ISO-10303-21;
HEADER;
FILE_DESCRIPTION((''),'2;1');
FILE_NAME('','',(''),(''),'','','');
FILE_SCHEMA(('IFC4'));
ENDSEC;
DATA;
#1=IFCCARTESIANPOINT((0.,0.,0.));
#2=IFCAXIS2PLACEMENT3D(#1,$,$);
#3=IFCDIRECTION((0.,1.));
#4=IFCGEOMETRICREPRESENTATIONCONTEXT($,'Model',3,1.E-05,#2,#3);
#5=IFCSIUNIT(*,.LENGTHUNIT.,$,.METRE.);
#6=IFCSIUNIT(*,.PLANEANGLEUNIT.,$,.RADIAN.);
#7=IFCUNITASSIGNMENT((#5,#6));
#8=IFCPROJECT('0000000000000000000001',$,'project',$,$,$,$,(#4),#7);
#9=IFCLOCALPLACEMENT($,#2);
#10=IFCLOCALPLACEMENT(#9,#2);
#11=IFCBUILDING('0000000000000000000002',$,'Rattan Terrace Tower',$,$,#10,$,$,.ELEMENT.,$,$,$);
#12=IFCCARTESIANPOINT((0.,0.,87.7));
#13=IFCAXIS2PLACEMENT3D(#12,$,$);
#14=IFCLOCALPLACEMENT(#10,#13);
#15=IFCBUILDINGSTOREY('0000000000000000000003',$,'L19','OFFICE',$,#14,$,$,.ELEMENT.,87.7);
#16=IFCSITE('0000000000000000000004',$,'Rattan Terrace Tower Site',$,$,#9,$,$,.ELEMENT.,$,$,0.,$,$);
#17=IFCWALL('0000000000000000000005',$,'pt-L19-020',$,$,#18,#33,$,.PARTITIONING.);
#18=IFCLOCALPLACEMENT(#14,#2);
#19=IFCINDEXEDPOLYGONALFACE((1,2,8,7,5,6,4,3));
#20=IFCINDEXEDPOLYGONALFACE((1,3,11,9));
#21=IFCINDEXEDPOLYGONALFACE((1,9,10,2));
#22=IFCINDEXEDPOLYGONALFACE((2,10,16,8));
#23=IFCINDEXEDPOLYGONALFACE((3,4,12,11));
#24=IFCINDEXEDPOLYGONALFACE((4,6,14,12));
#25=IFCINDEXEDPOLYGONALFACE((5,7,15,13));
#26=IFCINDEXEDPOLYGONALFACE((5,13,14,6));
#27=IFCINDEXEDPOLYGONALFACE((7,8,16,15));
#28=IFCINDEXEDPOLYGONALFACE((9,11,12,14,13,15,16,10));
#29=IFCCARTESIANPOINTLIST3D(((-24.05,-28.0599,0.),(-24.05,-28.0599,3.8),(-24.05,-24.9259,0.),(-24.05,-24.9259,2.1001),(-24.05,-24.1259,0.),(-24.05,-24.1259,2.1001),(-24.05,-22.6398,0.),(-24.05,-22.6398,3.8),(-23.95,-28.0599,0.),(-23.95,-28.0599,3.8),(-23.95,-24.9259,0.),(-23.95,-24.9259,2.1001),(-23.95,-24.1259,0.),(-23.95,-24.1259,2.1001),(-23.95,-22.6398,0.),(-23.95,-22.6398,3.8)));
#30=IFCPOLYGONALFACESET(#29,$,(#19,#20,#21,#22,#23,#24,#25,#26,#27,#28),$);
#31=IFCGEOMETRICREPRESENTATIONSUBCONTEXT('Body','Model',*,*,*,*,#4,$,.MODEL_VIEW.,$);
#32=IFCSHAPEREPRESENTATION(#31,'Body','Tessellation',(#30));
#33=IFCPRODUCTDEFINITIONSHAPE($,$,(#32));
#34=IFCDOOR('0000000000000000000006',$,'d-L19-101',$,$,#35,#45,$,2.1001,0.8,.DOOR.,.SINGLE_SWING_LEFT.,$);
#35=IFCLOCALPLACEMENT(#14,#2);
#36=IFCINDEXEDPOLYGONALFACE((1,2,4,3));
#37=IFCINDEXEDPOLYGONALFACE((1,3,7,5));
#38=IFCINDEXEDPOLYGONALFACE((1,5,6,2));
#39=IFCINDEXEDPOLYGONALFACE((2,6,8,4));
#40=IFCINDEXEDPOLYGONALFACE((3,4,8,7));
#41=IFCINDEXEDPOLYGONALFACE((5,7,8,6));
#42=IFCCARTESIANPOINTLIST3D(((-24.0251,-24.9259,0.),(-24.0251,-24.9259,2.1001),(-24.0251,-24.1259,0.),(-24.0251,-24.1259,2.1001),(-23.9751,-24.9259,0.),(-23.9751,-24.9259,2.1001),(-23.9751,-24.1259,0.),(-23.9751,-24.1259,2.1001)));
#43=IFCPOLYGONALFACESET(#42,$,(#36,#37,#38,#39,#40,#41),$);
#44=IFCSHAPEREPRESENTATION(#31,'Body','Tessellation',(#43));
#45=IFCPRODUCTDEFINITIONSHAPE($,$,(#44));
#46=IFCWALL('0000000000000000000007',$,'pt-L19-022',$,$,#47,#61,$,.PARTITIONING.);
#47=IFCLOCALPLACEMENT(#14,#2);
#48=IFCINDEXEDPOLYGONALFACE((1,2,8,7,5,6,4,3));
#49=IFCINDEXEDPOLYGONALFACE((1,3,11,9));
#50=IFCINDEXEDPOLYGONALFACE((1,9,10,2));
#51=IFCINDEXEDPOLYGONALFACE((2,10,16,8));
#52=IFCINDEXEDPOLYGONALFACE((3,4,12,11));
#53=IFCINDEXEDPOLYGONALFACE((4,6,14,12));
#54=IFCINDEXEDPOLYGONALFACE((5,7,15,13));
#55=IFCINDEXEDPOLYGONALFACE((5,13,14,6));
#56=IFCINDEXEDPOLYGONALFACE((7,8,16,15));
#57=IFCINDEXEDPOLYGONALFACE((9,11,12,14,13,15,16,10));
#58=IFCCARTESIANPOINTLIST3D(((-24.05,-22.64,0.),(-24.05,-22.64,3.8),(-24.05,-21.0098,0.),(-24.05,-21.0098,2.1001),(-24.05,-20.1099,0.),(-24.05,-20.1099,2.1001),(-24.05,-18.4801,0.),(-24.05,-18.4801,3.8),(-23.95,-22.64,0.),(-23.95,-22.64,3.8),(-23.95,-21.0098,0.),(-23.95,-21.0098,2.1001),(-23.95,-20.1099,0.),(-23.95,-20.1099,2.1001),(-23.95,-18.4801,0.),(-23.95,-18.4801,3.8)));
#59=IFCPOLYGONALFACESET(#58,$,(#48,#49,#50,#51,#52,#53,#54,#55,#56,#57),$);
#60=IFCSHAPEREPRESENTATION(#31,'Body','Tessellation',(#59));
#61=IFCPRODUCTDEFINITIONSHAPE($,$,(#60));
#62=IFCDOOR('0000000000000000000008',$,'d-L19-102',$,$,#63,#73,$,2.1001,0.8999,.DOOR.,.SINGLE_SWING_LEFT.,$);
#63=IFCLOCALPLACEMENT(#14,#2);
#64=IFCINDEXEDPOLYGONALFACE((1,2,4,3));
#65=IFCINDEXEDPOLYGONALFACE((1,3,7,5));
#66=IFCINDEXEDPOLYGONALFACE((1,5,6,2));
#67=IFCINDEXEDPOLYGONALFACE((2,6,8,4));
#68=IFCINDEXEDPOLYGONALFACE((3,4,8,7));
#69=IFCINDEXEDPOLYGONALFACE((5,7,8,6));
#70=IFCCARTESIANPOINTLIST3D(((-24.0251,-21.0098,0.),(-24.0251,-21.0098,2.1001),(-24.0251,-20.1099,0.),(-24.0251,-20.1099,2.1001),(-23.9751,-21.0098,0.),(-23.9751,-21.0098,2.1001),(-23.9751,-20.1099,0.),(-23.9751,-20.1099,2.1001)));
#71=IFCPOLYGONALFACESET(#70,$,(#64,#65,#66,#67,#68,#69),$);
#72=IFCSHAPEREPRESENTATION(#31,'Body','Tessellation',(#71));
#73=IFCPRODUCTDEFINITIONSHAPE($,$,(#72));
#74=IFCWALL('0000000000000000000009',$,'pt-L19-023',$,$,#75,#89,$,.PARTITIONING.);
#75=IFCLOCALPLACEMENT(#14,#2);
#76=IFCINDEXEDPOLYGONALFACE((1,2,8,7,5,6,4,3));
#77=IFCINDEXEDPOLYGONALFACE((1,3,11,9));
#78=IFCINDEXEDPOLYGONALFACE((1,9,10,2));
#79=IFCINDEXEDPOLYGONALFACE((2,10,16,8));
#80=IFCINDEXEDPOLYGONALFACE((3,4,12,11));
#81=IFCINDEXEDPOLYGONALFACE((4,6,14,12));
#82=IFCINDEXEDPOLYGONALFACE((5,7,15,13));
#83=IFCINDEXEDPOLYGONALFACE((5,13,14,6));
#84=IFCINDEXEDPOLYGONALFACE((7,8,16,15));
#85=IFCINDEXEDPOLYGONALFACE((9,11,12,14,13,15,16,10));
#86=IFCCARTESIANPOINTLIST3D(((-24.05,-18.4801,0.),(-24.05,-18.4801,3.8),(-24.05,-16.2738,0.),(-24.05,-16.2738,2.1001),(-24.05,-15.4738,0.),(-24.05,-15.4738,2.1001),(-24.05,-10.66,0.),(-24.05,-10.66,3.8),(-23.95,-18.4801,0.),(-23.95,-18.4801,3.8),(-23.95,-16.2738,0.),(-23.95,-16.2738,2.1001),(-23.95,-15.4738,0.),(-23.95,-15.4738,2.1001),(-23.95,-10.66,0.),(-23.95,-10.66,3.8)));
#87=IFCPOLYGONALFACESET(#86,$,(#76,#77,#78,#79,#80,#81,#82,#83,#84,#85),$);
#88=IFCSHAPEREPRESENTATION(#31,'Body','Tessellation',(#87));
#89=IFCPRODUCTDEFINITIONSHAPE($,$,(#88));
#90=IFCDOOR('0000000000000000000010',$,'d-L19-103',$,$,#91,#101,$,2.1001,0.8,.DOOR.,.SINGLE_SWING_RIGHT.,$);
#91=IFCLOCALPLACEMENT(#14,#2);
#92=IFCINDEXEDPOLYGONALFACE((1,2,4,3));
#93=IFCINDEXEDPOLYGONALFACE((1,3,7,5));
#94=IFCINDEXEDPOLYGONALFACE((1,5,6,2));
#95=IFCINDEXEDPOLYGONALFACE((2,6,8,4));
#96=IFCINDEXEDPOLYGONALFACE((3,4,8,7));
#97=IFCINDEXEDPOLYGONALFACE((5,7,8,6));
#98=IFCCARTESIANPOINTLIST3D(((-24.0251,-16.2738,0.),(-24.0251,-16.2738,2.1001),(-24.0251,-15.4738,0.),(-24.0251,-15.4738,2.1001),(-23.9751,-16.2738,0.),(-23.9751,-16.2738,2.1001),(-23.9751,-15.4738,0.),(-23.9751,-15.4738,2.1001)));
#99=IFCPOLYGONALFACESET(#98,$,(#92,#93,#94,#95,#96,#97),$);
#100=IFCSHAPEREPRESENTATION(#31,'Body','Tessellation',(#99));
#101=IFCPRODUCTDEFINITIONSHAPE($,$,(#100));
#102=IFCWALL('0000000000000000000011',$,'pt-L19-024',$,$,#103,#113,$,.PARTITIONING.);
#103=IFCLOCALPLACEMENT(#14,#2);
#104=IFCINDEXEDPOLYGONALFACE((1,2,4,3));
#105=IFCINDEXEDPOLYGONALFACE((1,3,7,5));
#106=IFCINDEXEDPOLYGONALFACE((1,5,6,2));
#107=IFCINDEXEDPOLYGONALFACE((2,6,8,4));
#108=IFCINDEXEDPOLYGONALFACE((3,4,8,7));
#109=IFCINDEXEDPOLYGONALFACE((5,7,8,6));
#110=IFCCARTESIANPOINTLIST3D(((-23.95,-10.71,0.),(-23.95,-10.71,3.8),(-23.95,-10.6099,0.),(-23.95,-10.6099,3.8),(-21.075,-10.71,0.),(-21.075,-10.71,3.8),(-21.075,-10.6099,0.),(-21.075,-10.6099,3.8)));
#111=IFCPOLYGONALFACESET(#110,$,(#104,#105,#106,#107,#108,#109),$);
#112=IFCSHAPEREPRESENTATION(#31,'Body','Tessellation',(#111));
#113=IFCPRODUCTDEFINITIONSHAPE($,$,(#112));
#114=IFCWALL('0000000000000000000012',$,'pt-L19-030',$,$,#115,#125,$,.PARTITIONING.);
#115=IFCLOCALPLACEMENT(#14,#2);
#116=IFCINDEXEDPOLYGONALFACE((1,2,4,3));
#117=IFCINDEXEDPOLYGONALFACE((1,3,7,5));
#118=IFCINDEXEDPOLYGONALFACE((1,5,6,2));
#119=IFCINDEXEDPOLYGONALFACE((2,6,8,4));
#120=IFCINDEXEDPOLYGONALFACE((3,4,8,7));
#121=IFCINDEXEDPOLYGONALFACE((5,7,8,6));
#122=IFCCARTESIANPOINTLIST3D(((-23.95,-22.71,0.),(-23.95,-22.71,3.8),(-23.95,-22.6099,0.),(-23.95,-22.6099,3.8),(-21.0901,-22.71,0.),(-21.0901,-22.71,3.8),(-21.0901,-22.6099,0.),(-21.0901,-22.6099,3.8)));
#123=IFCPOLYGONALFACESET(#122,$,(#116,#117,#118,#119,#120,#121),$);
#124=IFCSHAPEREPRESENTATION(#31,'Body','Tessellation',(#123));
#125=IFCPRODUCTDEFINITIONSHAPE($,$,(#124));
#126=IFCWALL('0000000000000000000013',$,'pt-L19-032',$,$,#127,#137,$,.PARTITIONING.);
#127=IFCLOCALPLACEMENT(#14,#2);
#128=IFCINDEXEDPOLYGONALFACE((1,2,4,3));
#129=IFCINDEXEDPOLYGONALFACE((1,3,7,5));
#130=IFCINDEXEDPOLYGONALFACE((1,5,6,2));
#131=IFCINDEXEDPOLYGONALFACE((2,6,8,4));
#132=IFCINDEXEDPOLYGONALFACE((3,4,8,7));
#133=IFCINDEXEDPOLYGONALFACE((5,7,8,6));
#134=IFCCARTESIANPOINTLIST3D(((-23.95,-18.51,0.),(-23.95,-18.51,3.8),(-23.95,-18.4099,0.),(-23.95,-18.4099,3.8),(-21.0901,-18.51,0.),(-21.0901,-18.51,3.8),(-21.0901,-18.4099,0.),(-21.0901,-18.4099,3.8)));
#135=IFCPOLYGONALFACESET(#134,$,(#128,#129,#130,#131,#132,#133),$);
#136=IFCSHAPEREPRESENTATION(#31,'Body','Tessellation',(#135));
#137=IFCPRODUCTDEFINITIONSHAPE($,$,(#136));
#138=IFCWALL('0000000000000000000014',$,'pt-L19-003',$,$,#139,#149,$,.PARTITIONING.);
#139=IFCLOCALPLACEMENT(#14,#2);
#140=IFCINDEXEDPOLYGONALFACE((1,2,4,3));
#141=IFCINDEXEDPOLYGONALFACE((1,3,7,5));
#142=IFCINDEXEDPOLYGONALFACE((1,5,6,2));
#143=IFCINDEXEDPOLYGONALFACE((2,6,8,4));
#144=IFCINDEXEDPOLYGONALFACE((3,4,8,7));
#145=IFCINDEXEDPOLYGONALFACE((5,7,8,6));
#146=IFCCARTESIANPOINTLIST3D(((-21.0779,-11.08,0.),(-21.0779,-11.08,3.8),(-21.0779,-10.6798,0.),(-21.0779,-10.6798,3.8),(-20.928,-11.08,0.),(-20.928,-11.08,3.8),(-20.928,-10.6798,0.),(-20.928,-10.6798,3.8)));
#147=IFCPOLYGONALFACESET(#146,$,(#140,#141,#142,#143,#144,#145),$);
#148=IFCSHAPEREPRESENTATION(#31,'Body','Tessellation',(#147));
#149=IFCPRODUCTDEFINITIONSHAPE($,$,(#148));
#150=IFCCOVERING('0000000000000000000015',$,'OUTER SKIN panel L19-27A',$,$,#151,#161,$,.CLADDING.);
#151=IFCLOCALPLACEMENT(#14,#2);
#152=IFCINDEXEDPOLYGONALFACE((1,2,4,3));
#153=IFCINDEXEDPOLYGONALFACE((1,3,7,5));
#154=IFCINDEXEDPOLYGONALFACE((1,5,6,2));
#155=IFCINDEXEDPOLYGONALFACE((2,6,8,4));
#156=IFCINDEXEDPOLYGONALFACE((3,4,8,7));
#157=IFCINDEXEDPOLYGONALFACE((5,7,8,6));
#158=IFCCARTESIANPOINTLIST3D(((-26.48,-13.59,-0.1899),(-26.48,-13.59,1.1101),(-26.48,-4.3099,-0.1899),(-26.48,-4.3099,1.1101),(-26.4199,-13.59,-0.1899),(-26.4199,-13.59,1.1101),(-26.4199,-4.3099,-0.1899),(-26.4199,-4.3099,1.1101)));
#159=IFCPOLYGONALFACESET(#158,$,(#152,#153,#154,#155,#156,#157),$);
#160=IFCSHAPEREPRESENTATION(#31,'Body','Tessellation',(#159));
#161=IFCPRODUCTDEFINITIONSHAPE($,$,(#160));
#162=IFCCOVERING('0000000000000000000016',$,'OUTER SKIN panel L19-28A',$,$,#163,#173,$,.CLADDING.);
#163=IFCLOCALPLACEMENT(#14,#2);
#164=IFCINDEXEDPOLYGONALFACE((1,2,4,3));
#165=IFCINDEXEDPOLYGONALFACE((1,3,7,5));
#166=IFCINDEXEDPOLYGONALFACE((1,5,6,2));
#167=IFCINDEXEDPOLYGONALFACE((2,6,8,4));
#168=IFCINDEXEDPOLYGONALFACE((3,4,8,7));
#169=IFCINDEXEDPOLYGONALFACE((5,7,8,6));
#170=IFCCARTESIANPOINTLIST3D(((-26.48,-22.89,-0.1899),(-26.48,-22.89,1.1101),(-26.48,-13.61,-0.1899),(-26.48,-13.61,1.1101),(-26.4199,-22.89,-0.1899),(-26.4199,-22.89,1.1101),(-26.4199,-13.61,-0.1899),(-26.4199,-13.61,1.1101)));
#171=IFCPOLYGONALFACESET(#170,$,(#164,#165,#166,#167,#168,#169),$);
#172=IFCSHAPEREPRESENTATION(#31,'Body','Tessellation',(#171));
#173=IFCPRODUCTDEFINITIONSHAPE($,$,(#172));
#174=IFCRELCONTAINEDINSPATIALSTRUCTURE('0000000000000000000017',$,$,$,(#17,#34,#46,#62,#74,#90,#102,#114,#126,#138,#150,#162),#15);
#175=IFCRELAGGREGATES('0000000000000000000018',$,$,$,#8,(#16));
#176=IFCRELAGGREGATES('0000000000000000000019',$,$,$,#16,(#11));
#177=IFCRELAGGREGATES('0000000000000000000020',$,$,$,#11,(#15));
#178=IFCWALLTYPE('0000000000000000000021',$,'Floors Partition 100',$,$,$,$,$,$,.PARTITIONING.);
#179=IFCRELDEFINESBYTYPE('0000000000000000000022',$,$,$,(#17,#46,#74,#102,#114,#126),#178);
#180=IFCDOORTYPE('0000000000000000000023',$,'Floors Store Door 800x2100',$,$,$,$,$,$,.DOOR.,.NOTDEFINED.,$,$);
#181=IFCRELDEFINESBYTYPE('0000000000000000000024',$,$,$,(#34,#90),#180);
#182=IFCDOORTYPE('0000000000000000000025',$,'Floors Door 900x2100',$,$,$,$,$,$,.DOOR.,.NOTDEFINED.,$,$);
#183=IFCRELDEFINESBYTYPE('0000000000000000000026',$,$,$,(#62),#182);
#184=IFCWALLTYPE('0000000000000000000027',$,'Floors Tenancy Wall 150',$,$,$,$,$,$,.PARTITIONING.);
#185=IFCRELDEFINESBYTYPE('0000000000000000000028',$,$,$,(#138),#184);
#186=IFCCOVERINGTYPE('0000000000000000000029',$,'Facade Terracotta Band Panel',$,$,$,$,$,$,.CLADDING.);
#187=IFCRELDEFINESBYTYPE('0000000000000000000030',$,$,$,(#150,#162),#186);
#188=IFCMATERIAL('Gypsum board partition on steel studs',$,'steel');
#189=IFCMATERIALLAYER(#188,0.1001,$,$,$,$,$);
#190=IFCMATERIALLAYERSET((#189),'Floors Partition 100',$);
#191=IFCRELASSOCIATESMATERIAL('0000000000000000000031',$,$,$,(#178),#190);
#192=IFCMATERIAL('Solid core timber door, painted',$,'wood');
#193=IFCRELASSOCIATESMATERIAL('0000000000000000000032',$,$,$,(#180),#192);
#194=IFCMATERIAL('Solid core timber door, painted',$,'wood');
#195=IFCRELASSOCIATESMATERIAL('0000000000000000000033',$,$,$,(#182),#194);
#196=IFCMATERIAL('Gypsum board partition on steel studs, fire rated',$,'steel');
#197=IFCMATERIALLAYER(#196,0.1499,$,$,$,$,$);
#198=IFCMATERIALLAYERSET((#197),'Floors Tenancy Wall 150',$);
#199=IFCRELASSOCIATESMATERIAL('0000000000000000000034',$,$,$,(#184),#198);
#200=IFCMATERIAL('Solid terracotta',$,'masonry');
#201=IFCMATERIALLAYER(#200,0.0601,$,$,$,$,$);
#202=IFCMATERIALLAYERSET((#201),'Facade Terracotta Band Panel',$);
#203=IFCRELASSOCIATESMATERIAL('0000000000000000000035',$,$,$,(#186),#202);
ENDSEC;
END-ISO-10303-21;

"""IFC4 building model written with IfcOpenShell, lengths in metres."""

from ifc_helpers import new_model, si_unit, direction, frame, frame_2d, origin, origin_2d, place, context, subcontext, project, spatial, rectangle, extrude, material, layer, layer_set, type_object, element, fill, save


model = new_model("IFC4")

# Units and contexts
model_context = context("Model", 3, precision=1e-05, world=origin(), true_north=direction((0.0, 1.0)))
body_context = subcontext(model_context, "Body", "Model", "MODEL_VIEW")
ifc_project = project(units=[si_unit("LENGTHUNIT", "METRE"), si_unit("PLANEANGLEUNIT", "RADIAN")], contexts=[model_context])

# Site, building, storey
site_placement = place(None, origin())
site = spatial("IfcSite", under=ifc_project, at=site_placement, Name="Rattan Terrace Tower Site", CompositionType="ELEMENT", RefElevation=0.0)
building_placement = place(site_placement, origin())
building = spatial("IfcBuilding", under=site, at=building_placement, Name="Rattan Terrace Tower", CompositionType="ELEMENT")
storey_placement = place(building_placement, frame((0.0, 0.0, 87.7)))
storey = spatial("IfcBuildingStorey", under=building, at=storey_placement, Name="L19", Description="OFFICE", CompositionType="ELEMENT", Elevation=87.7)

# Walls, openings, doors
ifc_material_1 = material(Name="Gypsum board partition on steel studs", Category="steel")
ifc_layer_1 = layer(ifc_material_1, 0.1001)
ifc_layer_set_1 = layer_set([ifc_layer_1], Name="Floors Partition 100")
wall_type_1 = type_object("IfcWallType", Name="Floors Partition 100", PredefinedType="PARTITIONING", material=ifc_layer_set_1)
wall_1_placement = place(storey_placement, frame((-24.0, -22.6399, 0.0), z_axis=(0.0, 0.0, 1.0), x_axis=(0.0, -1.0, 0.0)))
wall_1 = element("IfcWall", 1, at=wall_1_placement, inside=storey, type_object=wall_type_1, Name="pt-L19-020", PredefinedType="PARTITIONING", context=body_context, shape_type="SweptSolid", body=[
    extrude(rectangle(XDim=5.4202, YDim=0.1001, at=frame_2d((2.71, 0.0))), origin(), (0.0, 0.0, 1.0), 3.8),
])
opening_1_placement = place(wall_1_placement, frame((1.4861, 0.0, 0.0)))
opening_1 = element("IfcOpeningElement", 2, at=opening_1_placement, cuts=wall_1, PredefinedType="OPENING", context=body_context, shape_type="SweptSolid", body=[
    extrude(rectangle(XDim=0.8, YDim=2.1001, at=frame_2d((0.3999, 1.05))), frame((0.0, 0.0605, 0.0), z_axis=(0.0, -1.0, 0.0), x_axis=(1.0, 0.0, 0.0)), (0.0, 0.0, 1.0), 0.1211),
])
ifc_material_2 = material(Name="Solid core timber door, painted", Category="wood")
door_type_1 = type_object("IfcDoorType", Name="Floors Store Door 800x2100", OperationType="NOTDEFINED", PredefinedType="DOOR", material=ifc_material_2)
door_1_placement = place(opening_1_placement, origin())
door_1 = element("IfcDoor", 3, at=door_1_placement, inside=storey, type_object=door_type_1, Name="d-L19-101", OperationType="SINGLE_SWING_LEFT", OverallHeight=2.1001, OverallWidth=0.8, PredefinedType="DOOR", context=body_context, shape_type="SweptSolid", body=[
    extrude(rectangle(XDim=0.8, YDim=2.1001, at=frame_2d((0.3999, 1.05))), frame((0.0, 0.0249, 0.0), z_axis=(0.0, -1.0, 0.0), x_axis=(1.0, 0.0, 0.0)), (0.0, 0.0, 1.0), 0.05),
])
fill(opening_1, door_1)
wall_2_placement = place(storey_placement, frame((-24.0, -18.48, 0.0), z_axis=(0.0, 0.0, 1.0), x_axis=(0.0, -1.0, 0.0)))
wall_2 = element("IfcWall", 4, at=wall_2_placement, inside=storey, type_object=wall_type_1, Name="pt-L19-022", PredefinedType="PARTITIONING", context=body_context, shape_type="SweptSolid", body=[
    extrude(rectangle(XDim=4.1599, YDim=0.1001, at=frame_2d((2.0801, 0.0))), origin(), (0.0, 0.0, 1.0), 3.8),
])
opening_2_placement = place(wall_2_placement, frame((1.6299, 0.0, 0.0)))
opening_2 = element("IfcOpeningElement", 5, at=opening_2_placement, cuts=wall_2, PredefinedType="OPENING", context=body_context, shape_type="SweptSolid", body=[
    extrude(rectangle(XDim=0.8999, YDim=2.1001, at=frame_2d((0.45, 1.05))), frame((0.0, 0.0605, 0.0), z_axis=(0.0, -1.0, 0.0), x_axis=(1.0, 0.0, 0.0)), (0.0, 0.0, 1.0), 0.1211),
])
ifc_material_3 = material(Name="Solid core timber door, painted", Category="wood")
door_type_2 = type_object("IfcDoorType", Name="Floors Door 900x2100", OperationType="NOTDEFINED", PredefinedType="DOOR", material=ifc_material_3)
door_2_placement = place(opening_2_placement, origin())
door_2 = element("IfcDoor", 6, at=door_2_placement, inside=storey, type_object=door_type_2, Name="d-L19-102", OperationType="SINGLE_SWING_LEFT", OverallHeight=2.1001, OverallWidth=0.8999, PredefinedType="DOOR", context=body_context, shape_type="SweptSolid", body=[
    extrude(rectangle(XDim=0.8999, YDim=2.1001, at=frame_2d((0.45, 1.05))), frame((0.0, 0.0249, 0.0), z_axis=(0.0, -1.0, 0.0), x_axis=(1.0, 0.0, 0.0)), (0.0, 0.0, 1.0), 0.05),
])
fill(opening_2, door_2)
wall_3_placement = place(storey_placement, frame((-24.0, -10.6599, 0.0), z_axis=(0.0, 0.0, 1.0), x_axis=(0.0, -1.0, 0.0)))
wall_3 = element("IfcWall", 7, at=wall_3_placement, inside=storey, type_object=wall_type_1, Name="pt-L19-023", PredefinedType="PARTITIONING", context=body_context, shape_type="SweptSolid", body=[
    extrude(rectangle(XDim=7.8201, YDim=0.1001, at=frame_2d((3.9102, 0.0))), origin(), (0.0, 0.0, 1.0), 3.8),
])
opening_3_placement = place(wall_3_placement, frame((4.814, 0.0, 0.0)))
opening_3 = element("IfcOpeningElement", 8, at=opening_3_placement, cuts=wall_3, PredefinedType="OPENING", context=body_context, shape_type="SweptSolid", body=[
    extrude(rectangle(XDim=0.8, YDim=2.1001, at=frame_2d((0.3999, 1.05))), frame((0.0, 0.0605, 0.0), z_axis=(0.0, -1.0, 0.0), x_axis=(1.0, 0.0, 0.0)), (0.0, 0.0, 1.0), 0.1211),
])
door_3_placement = place(opening_3_placement, origin())
door_3 = element("IfcDoor", 9, at=door_3_placement, inside=storey, type_object=door_type_1, Name="d-L19-103", OperationType="SINGLE_SWING_RIGHT", OverallHeight=2.1001, OverallWidth=0.8, PredefinedType="DOOR", context=body_context, shape_type="SweptSolid", body=[
    extrude(rectangle(XDim=0.8, YDim=2.1001, at=frame_2d((0.3999, 1.05))), frame((0.0, 0.0249, 0.0), z_axis=(0.0, -1.0, 0.0), x_axis=(1.0, 0.0, 0.0)), (0.0, 0.0, 1.0), 0.05),
])
fill(opening_3, door_3)

# Walls
wall_4_placement = place(storey_placement, frame((-21.075, -10.6599, 0.0), z_axis=(0.0, 0.0, 1.0), x_axis=(-1.0, 0.0, 0.0)))
element("IfcWall", 10, at=wall_4_placement, inside=storey, type_object=wall_type_1, Name="pt-L19-024", PredefinedType="PARTITIONING", context=body_context, shape_type="SweptSolid", body=[
    extrude(rectangle(XDim=2.875, YDim=0.1001, at=frame_2d((1.4375, 0.0))), origin(), (0.0, 0.0, 1.0), 3.8),
])
for number, where, z_axis, x_axis, name in (
    (11, (-23.95, -22.6599, 0.0), (0.0, 0.0, 1.0), (1.0, 0.0, 0.0), "pt-L19-030"),
    (12, (-23.95, -18.46, 0.0), (0.0, 0.0, 1.0), (1.0, 0.0, 0.0), "pt-L19-032"),
):
    element("IfcWall", number, at=place(storey_placement, frame(where, z_axis=z_axis, x_axis=x_axis)), inside=storey, type_object=wall_type_1, Name=name, PredefinedType="PARTITIONING", context=body_context, shape_type="SweptSolid", body=[
        extrude(rectangle(XDim=2.8599, YDim=0.1001, at=frame_2d((1.4299, 0.0))), origin(), (0.0, 0.0, 1.0), 3.8),
    ])
ifc_material_4 = material(Name="Gypsum board partition on steel studs, fire rated", Category="steel")
ifc_layer_2 = layer(ifc_material_4, 0.1499)
ifc_layer_set_2 = layer_set([ifc_layer_2], Name="Floors Tenancy Wall 150")
wall_type_2 = type_object("IfcWallType", Name="Floors Tenancy Wall 150", PredefinedType="PARTITIONING", material=ifc_layer_set_2)
wall_5_placement = place(storey_placement, frame((-21.0029, -11.0801, 0.0), z_axis=(0.0, 0.0, 1.0), x_axis=(0.0, 1.0, 0.0)))
element("IfcWall", 13, at=wall_5_placement, inside=storey, type_object=wall_type_2, Name="pt-L19-003", PredefinedType="PARTITIONING", context=body_context, shape_type="SweptSolid", body=[
    extrude(rectangle(XDim=0.4001, YDim=0.1499, at=frame_2d((0.2002, 0.0))), origin(), (0.0, 0.0, 1.0), 3.8),
])

# Coverings
ifc_material_5 = material(Name="Solid terracotta", Category="masonry")
ifc_layer_3 = layer(ifc_material_5, 0.0601)
ifc_layer_set_3 = layer_set([ifc_layer_3], Name="Facade Terracotta Band Panel")
covering_type_1 = type_object("IfcCoveringType", Name="Facade Terracotta Band Panel", PredefinedType="CLADDING", material=ifc_layer_set_3)
for number, where, z_axis, x_axis, name in (
    (14, (-26.45, -8.95, -0.1899), (0.0, 0.0, 1.0), (0.0, -1.0, 0.0), "OUTER SKIN panel L19-27A"),
    (15, (-26.45, -18.25, -0.1899), (0.0, 0.0, 1.0), (0.0, -1.0, 0.0), "OUTER SKIN panel L19-28A"),
):
    element("IfcCovering", number, at=place(storey_placement, frame(where, z_axis=z_axis, x_axis=x_axis)), inside=storey, type_object=covering_type_1, Name=name, PredefinedType="CLADDING", context=body_context, shape_type="SweptSolid", body=[
        extrude(rectangle(XDim=9.28, YDim=0.0601, at=origin_2d()), origin(), (0.0, 0.0, 1.0), 1.3),
    ])

save(model, "model.ifc")
